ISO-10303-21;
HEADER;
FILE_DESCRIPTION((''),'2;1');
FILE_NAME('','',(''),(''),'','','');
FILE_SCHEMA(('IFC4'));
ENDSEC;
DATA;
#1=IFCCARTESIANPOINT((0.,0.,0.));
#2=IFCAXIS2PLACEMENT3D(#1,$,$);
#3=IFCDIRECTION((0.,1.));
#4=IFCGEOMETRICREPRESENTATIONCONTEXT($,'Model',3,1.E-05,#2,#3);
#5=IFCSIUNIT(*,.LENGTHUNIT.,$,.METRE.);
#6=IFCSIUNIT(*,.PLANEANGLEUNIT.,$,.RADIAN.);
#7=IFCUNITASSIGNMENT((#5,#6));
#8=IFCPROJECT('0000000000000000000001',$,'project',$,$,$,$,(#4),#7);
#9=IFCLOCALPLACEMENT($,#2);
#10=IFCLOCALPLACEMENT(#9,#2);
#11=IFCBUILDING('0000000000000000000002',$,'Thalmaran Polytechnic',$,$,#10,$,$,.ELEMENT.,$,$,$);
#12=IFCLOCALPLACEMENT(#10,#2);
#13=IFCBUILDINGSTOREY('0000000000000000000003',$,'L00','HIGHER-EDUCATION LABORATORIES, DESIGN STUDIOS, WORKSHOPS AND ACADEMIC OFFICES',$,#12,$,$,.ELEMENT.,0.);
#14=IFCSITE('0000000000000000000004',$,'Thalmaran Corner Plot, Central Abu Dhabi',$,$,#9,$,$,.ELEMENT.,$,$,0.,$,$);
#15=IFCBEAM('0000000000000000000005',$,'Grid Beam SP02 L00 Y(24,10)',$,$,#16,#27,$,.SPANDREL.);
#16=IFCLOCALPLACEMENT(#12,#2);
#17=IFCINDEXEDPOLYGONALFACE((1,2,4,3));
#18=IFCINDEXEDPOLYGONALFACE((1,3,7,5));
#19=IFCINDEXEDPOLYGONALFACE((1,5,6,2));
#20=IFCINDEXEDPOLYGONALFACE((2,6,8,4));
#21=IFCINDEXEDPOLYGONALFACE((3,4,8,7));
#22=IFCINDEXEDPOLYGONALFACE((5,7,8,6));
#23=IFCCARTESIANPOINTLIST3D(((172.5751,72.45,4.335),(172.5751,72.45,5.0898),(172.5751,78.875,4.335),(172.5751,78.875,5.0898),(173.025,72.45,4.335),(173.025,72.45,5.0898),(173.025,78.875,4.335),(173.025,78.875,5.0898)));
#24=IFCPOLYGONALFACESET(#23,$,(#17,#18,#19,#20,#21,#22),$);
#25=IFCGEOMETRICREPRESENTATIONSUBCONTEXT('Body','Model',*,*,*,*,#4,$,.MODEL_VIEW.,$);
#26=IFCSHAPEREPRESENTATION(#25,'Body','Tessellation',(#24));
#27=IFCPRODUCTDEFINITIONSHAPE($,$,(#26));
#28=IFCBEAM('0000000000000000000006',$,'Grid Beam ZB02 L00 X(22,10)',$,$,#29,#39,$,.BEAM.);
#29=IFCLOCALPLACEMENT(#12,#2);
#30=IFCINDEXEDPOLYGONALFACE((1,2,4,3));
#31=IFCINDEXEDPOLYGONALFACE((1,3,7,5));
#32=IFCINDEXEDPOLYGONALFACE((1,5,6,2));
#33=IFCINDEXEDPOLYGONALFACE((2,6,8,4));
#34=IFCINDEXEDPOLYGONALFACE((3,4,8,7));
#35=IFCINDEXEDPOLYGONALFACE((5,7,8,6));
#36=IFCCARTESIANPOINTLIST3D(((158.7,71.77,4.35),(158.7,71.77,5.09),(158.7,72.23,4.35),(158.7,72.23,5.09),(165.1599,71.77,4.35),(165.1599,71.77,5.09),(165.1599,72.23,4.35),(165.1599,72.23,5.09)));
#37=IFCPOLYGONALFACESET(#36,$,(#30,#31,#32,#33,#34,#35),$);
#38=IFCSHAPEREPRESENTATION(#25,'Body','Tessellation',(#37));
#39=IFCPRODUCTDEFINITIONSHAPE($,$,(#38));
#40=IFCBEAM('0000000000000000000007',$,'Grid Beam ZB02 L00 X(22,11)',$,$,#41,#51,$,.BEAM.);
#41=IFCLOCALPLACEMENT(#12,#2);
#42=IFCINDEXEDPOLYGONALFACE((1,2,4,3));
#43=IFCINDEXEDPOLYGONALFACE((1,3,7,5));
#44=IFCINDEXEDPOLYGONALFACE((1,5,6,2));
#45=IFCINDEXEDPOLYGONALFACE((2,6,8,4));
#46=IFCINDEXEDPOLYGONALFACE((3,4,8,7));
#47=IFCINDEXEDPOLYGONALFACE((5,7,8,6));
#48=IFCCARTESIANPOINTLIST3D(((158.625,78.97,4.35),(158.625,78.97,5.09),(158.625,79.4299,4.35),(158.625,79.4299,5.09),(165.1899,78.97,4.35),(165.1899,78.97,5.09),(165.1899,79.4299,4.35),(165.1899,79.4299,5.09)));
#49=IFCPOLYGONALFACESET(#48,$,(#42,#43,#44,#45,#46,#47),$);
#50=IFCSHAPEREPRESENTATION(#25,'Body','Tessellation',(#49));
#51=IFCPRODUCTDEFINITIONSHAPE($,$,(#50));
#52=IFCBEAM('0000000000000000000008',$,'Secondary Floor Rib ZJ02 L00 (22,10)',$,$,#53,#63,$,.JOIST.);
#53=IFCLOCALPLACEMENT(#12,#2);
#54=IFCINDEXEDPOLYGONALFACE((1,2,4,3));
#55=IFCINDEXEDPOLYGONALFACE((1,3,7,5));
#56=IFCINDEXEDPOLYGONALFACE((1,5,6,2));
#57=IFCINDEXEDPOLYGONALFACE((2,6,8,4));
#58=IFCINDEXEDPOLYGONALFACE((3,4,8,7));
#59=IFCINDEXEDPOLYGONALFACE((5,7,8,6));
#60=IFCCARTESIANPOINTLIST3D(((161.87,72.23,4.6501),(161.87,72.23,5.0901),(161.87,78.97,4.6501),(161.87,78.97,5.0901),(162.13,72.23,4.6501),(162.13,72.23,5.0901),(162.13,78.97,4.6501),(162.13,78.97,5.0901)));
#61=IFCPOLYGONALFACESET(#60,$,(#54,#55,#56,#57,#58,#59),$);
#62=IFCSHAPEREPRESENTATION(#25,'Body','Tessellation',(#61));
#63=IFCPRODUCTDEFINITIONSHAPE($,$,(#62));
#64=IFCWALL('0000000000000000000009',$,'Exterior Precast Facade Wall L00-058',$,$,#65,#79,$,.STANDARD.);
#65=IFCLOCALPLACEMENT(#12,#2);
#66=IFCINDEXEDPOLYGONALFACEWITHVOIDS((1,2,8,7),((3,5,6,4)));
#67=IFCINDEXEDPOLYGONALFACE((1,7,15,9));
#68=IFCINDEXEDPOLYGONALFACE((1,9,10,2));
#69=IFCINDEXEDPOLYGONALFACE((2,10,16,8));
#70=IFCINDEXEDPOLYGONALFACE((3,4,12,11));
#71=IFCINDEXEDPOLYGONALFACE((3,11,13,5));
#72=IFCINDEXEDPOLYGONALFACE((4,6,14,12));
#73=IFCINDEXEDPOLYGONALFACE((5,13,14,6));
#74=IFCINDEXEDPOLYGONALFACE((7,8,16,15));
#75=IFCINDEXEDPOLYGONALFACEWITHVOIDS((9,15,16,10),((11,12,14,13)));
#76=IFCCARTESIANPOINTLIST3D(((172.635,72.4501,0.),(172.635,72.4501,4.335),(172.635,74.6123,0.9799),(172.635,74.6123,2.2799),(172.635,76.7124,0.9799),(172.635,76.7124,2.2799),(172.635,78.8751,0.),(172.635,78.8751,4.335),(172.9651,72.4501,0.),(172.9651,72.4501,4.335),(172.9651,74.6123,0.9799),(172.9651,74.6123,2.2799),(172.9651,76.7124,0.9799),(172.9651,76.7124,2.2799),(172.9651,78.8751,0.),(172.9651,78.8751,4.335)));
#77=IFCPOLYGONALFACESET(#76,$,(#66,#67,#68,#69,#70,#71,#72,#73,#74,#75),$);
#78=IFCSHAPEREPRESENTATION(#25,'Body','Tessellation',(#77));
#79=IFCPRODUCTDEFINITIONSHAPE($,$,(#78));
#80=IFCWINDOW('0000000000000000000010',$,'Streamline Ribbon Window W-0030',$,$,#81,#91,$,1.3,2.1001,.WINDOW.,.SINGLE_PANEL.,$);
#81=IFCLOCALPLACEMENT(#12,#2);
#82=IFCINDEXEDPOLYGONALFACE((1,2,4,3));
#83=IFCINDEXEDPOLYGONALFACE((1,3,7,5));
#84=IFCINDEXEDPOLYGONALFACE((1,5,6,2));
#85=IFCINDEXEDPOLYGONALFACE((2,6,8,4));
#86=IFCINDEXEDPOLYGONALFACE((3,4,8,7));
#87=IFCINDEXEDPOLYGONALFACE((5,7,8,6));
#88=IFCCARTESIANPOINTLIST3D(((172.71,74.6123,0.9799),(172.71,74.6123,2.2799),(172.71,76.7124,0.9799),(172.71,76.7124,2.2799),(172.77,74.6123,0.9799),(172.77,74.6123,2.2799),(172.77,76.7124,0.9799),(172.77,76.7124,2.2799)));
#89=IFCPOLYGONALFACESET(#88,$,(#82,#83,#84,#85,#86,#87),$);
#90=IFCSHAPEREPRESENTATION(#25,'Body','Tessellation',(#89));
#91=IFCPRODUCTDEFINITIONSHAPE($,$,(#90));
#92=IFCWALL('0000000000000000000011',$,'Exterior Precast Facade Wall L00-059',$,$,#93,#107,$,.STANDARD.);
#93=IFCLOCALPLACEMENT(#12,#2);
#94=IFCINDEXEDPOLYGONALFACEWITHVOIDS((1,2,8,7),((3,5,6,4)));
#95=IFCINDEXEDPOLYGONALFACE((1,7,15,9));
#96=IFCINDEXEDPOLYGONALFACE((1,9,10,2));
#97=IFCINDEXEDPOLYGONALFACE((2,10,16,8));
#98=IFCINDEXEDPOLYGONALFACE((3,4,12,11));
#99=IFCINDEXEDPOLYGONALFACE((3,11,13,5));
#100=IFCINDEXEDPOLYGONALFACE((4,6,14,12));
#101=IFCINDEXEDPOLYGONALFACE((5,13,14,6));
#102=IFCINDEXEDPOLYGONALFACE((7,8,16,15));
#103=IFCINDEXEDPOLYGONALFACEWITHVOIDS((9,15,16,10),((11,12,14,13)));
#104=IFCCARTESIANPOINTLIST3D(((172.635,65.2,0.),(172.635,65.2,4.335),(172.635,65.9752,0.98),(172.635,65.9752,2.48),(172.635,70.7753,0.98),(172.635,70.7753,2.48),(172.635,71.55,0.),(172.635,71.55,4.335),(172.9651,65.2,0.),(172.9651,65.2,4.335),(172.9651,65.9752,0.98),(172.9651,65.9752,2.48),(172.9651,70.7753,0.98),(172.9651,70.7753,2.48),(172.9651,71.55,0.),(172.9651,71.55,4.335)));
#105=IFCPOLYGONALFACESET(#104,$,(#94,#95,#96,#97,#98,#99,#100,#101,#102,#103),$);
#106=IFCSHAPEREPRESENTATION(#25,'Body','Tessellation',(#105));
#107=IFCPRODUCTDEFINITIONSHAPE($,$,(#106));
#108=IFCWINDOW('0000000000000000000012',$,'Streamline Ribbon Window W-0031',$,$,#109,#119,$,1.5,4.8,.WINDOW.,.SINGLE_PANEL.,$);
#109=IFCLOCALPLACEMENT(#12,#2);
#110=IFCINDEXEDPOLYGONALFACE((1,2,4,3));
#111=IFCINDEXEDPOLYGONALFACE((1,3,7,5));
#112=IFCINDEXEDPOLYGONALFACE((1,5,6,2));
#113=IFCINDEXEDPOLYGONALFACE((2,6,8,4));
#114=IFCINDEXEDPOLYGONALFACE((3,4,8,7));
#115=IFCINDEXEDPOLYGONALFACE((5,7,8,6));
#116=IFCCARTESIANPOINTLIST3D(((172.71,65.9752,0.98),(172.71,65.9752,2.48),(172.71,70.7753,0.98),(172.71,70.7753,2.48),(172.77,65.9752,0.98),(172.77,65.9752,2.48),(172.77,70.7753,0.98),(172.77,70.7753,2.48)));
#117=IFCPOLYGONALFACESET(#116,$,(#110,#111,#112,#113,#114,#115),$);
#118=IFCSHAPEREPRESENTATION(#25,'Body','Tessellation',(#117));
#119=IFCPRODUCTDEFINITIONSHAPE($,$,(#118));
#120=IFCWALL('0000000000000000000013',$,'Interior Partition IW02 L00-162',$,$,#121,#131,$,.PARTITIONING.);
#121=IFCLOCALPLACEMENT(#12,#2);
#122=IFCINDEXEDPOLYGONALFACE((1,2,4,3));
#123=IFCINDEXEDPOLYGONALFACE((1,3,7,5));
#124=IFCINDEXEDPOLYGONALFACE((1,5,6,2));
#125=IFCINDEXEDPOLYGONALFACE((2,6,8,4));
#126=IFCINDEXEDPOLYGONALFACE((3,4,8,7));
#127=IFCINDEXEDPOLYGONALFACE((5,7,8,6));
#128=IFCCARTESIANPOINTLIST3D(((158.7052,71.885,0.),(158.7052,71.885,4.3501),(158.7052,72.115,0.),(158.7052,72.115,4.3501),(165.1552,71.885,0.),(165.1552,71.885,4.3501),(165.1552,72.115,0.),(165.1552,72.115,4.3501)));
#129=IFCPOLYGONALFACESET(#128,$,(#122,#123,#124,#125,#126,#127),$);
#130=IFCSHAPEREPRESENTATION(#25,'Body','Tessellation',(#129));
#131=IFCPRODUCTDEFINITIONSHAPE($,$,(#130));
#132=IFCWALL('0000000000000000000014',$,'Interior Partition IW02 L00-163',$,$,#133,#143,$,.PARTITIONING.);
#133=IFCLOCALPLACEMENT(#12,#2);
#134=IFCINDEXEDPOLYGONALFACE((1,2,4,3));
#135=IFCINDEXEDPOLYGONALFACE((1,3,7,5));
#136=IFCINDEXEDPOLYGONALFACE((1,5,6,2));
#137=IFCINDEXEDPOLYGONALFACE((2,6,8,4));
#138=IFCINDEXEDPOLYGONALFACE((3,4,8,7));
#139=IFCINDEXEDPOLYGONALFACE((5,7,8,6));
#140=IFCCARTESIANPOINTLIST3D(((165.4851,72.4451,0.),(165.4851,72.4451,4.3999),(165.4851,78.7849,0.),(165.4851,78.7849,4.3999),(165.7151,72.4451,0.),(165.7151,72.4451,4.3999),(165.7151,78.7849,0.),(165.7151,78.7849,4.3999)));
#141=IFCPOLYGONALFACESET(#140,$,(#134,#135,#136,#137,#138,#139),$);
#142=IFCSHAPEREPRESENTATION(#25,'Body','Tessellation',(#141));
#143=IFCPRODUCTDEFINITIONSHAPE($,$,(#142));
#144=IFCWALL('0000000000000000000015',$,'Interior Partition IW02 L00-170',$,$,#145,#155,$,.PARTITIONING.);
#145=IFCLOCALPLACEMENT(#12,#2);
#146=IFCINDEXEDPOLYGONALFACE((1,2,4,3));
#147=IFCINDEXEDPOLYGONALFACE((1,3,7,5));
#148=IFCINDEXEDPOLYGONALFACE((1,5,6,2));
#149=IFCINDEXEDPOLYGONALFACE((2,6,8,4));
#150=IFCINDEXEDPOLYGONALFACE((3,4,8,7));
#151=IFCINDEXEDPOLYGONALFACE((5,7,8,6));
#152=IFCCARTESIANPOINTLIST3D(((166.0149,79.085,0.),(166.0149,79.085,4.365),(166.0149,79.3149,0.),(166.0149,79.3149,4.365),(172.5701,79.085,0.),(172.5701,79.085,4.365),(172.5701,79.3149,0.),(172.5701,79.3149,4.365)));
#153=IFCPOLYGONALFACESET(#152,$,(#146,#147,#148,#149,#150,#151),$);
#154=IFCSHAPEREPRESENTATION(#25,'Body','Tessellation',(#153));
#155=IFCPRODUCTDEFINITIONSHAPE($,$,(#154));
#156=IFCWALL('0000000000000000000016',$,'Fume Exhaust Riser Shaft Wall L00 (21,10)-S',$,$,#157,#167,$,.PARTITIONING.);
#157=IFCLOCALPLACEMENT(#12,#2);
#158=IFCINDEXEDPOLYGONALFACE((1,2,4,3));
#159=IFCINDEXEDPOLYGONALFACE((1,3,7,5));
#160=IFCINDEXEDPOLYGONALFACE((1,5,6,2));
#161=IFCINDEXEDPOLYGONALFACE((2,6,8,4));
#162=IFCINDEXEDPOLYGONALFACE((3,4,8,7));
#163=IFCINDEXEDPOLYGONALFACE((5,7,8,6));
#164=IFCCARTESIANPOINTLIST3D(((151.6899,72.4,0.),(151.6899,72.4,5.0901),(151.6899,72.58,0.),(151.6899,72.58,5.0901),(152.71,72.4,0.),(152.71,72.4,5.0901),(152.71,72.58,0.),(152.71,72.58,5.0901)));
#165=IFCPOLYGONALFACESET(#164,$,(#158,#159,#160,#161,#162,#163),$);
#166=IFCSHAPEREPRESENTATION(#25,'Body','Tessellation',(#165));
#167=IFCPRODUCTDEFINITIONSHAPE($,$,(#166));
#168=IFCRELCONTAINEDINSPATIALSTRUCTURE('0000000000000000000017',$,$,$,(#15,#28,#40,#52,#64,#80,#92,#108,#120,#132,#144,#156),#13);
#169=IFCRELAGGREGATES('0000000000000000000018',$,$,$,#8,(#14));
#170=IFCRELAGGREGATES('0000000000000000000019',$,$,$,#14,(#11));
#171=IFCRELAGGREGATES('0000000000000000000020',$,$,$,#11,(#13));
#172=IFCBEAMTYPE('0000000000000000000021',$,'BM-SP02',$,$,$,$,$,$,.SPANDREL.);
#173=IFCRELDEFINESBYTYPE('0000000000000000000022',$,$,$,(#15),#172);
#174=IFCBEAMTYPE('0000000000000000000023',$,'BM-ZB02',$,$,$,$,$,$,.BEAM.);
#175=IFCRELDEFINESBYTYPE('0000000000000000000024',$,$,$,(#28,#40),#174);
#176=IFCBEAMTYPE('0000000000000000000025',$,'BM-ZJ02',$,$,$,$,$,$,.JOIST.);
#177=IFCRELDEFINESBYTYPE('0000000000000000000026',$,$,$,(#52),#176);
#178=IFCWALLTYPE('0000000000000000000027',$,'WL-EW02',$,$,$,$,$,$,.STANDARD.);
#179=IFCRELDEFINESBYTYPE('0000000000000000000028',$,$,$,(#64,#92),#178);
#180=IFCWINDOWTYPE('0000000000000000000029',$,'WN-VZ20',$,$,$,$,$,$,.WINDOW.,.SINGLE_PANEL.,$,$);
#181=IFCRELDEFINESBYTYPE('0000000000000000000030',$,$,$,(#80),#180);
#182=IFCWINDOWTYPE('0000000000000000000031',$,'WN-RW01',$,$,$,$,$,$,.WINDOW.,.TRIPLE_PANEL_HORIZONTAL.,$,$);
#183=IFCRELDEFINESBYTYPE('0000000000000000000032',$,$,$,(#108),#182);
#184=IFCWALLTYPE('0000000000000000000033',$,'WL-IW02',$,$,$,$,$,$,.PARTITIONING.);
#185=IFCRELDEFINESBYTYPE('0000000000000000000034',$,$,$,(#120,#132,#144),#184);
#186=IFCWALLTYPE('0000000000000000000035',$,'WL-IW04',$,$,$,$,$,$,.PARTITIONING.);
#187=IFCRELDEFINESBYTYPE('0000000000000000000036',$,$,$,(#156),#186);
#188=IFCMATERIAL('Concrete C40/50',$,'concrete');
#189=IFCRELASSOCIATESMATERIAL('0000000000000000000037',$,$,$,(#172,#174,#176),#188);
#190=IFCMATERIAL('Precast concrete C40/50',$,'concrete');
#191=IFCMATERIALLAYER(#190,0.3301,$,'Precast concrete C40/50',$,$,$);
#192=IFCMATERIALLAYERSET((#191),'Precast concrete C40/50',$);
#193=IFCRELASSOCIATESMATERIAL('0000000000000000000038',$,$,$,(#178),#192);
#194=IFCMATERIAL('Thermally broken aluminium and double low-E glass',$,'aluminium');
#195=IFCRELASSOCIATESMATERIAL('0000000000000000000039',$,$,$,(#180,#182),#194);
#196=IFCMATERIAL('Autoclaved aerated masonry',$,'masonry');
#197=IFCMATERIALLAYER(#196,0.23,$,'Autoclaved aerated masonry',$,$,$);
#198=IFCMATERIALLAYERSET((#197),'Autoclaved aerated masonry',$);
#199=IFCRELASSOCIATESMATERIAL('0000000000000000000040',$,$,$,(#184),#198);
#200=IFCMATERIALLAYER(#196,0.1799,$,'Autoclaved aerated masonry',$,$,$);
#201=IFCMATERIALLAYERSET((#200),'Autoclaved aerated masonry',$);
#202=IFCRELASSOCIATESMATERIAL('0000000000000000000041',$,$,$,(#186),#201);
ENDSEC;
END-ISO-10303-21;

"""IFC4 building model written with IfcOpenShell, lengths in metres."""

from ifc_helpers import new_model, si_unit, direction, frame, frame_2d, origin, origin_2d, place, context, subcontext, project, spatial, rectangle, extrude, material, layer, layer_set, material_profile, profile_set, type_object, element, fill, save


model = new_model("IFC4")

# Units and contexts
model_context = context("Model", 3, precision=1e-05, world=origin(), true_north=direction((0.0, 1.0)))
body_context = subcontext(model_context, "Body", "Model", "MODEL_VIEW")
ifc_project = project(units=[si_unit("LENGTHUNIT", "METRE"), si_unit("PLANEANGLEUNIT", "RADIAN")], contexts=[model_context])

# Site, building, storey
site_placement = place(None, origin())
site = spatial("IfcSite", under=ifc_project, at=site_placement, Name="Thalmaran Corner Plot, Central Abu Dhabi", CompositionType="ELEMENT", RefElevation=0.0)
building_placement = place(site_placement, origin())
building = spatial("IfcBuilding", under=site, at=building_placement, Name="Thalmaran Polytechnic", CompositionType="ELEMENT")
storey_placement = place(building_placement, origin())
storey = spatial("IfcBuildingStorey", under=building, at=storey_placement, Name="L00", Description="HIGHER-EDUCATION LABORATORIES, DESIGN STUDIOS, WORKSHOPS AND ACADEMIC OFFICES", CompositionType="ELEMENT", Elevation=0.0)

# Shared definitions
ifc_material_1 = material(Name="Concrete C40/50", Category="concrete")

# Beams
ifc_material_profile_1 = material_profile(ifc_material_1, rectangle(XDim=0.45, YDim=0.7549, at=origin_2d()), Name="RC 450x755")
ifc_profile_set_1 = profile_set([ifc_material_profile_1], Name="Concrete C40/50")
beam_type_1 = type_object("IfcBeamType", Name="BM-SP02", PredefinedType="SPANDREL", material=ifc_profile_set_1)
beam_1_placement = place(storey_placement, frame((172.8, 72.45, 4.7124), z_axis=(0.0, 1.0, 0.0), x_axis=(-1.0, 0.0, 0.0)))
element("IfcBeam", 1, at=beam_1_placement, inside=storey, type_object=beam_type_1, Name="Grid Beam SP02 L00 Y(24,10)", PredefinedType="SPANDREL", context=body_context, shape_type="SweptSolid", body=[
    extrude(rectangle(XDim=0.45, YDim=0.7549, at=origin_2d()), origin(), (0.0, 0.0, 1.0), 6.425),
])
ifc_material_profile_2 = material_profile(ifc_material_1, rectangle(XDim=0.46, YDim=0.74, at=origin_2d()), Name="RC 460x740")
ifc_profile_set_2 = profile_set([ifc_material_profile_2], Name="Concrete C40/50")
beam_type_2 = type_object("IfcBeamType", Name="BM-ZB02", PredefinedType="BEAM", material=ifc_profile_set_2)
beam_2_placement = place(storey_placement, frame((158.7, 72.0, 4.72), z_axis=(1.0, 0.0, 0.0), x_axis=(0.0, 1.0, 0.0)))
element("IfcBeam", 2, at=beam_2_placement, inside=storey, type_object=beam_type_2, Name="Grid Beam ZB02 L00 X(22,10)", PredefinedType="BEAM", context=body_context, shape_type="SweptSolid", body=[
    extrude(rectangle(XDim=0.46, YDim=0.74, at=origin_2d()), origin(), (0.0, 0.0, 1.0), 6.46),
])
beam_3_placement = place(storey_placement, frame((158.625, 79.2, 4.72), z_axis=(1.0, 0.0, 0.0), x_axis=(0.0, 1.0, 0.0)))
element("IfcBeam", 3, at=beam_3_placement, inside=storey, type_object=beam_type_2, Name="Grid Beam ZB02 L00 X(22,11)", PredefinedType="BEAM", context=body_context, shape_type="SweptSolid", body=[
    extrude(rectangle(XDim=0.46, YDim=0.74, at=origin_2d()), origin(), (0.0, 0.0, 1.0), 6.5649),
])
ifc_material_profile_3 = material_profile(ifc_material_1, rectangle(XDim=0.26, YDim=0.4399, at=origin_2d()), Name="RC 260x440")
ifc_profile_set_3 = profile_set([ifc_material_profile_3], Name="Concrete C40/50")
beam_type_3 = type_object("IfcBeamType", Name="BM-ZJ02", PredefinedType="JOIST", material=ifc_profile_set_3)
beam_4_placement = place(storey_placement, frame((162.0, 72.23, 4.8701), z_axis=(0.0, 1.0, 0.0), x_axis=(-1.0, 0.0, 0.0)))
element("IfcBeam", 4, at=beam_4_placement, inside=storey, type_object=beam_type_3, Name="Secondary Floor Rib ZJ02 L00 (22,10)", PredefinedType="JOIST", context=body_context, shape_type="SweptSolid", body=[
    extrude(rectangle(XDim=0.26, YDim=0.4399, at=origin_2d()), origin(), (0.0, 0.0, 1.0), 6.74),
])

# Walls, openings, windows
ifc_material_2 = material(Name="Precast concrete C40/50", Category="concrete")
ifc_layer_1 = layer(ifc_material_2, 0.3301, Name="Precast concrete C40/50")
ifc_layer_set_1 = layer_set([ifc_layer_1], Name="Precast concrete C40/50")
wall_type_1 = type_object("IfcWallType", Name="WL-EW02", PredefinedType="STANDARD", material=ifc_layer_set_1)
wall_1_placement = place(storey_placement, frame((172.8, 78.875, 0.0), z_axis=(0.0, 0.0, 1.0), x_axis=(0.0, -1.0, 0.0)))
wall_1 = element("IfcWall", 5, at=wall_1_placement, inside=storey, type_object=wall_type_1, Name="Exterior Precast Facade Wall L00-058", PredefinedType="STANDARD", context=body_context, shape_type="SweptSolid", body=[
    extrude(rectangle(XDim=6.425, YDim=0.3301, at=frame_2d((3.2124, 0.0))), origin(), (0.0, 0.0, 1.0), 4.335),
])
opening_1_placement = place(wall_1_placement, frame((2.1626, 0.0, 0.98)))
opening_1 = element("IfcOpeningElement", 6, at=opening_1_placement, cuts=wall_1, PredefinedType="OPENING", context=body_context, shape_type="SweptSolid", body=[
    extrude(rectangle(XDim=2.1001, YDim=1.3, at=frame_2d((1.05, 0.6499))), frame((0.0, 0.175, 0.0), z_axis=(0.0, -1.0, 0.0), x_axis=(1.0, 0.0, 0.0)), (0.0, 0.0, 1.0), 0.3501),
])
ifc_material_3 = material(Name="Thermally broken aluminium and double low-E glass", Category="aluminium")
window_type_1 = type_object("IfcWindowType", Name="WN-VZ20", PartitioningType="SINGLE_PANEL", PredefinedType="WINDOW", material=ifc_material_3)
window_1_placement = place(opening_1_placement, origin())
window_1 = element("IfcWindow", 7, at=window_1_placement, inside=storey, type_object=window_type_1, Name="Streamline Ribbon Window W-0030", OverallHeight=1.3, OverallWidth=2.1001, PartitioningType="SINGLE_PANEL", PredefinedType="WINDOW", context=body_context, shape_type="SweptSolid", body=[
    extrude(rectangle(XDim=2.1001, YDim=1.3, at=frame_2d((1.05, 0.6499))), frame((0.0, -0.03, 0.0), z_axis=(0.0, -1.0, 0.0), x_axis=(1.0, 0.0, 0.0)), (0.0, 0.0, 1.0), 0.0601),
])
fill(opening_1, window_1)
wall_2_placement = place(storey_placement, frame((172.8, 71.55, 0.0), z_axis=(0.0, 0.0, 1.0), x_axis=(0.0, -1.0, 0.0)))
wall_2 = element("IfcWall", 8, at=wall_2_placement, inside=storey, type_object=wall_type_1, Name="Exterior Precast Facade Wall L00-059", PredefinedType="STANDARD", context=body_context, shape_type="SweptSolid", body=[
    extrude(rectangle(XDim=6.3501, YDim=0.3301, at=frame_2d((3.175, 0.0))), origin(), (0.0, 0.0, 1.0), 4.335),
])
opening_2_placement = place(wall_2_placement, frame((0.7749, 0.0, 0.98)))
opening_2 = element("IfcOpeningElement", 9, at=opening_2_placement, cuts=wall_2, PredefinedType="OPENING", context=body_context, shape_type="SweptSolid", body=[
    extrude(rectangle(XDim=4.8, YDim=1.5, at=frame_2d((2.3999, 0.75))), frame((0.0, 0.175, 0.0), z_axis=(0.0, -1.0, 0.0), x_axis=(1.0, 0.0, 0.0)), (0.0, 0.0, 1.0), 0.3501),
])
window_type_2 = type_object("IfcWindowType", Name="WN-RW01", PartitioningType="TRIPLE_PANEL_HORIZONTAL", PredefinedType="WINDOW", material=ifc_material_3)
window_2_placement = place(opening_2_placement, origin())
window_2 = element("IfcWindow", 10, at=window_2_placement, inside=storey, type_object=window_type_2, Name="Streamline Ribbon Window W-0031", OverallHeight=1.5, OverallWidth=4.8, PartitioningType="SINGLE_PANEL", PredefinedType="WINDOW", context=body_context, shape_type="SweptSolid", body=[
    extrude(rectangle(XDim=4.8, YDim=1.5, at=frame_2d((2.3999, 0.75))), frame((0.0, -0.03, 0.0), z_axis=(0.0, -1.0, 0.0), x_axis=(1.0, 0.0, 0.0)), (0.0, 0.0, 1.0), 0.0601),
])
fill(opening_2, window_2)

# Walls
ifc_material_4 = material(Name="Autoclaved aerated masonry", Category="masonry")
ifc_layer_2 = layer(ifc_material_4, 0.23, Name="Autoclaved aerated masonry")
ifc_layer_set_2 = layer_set([ifc_layer_2], Name="Autoclaved aerated masonry")
wall_type_2 = type_object("IfcWallType", Name="WL-IW02", PredefinedType="PARTITIONING", material=ifc_layer_set_2)
wall_3_placement = place(storey_placement, frame((158.7051, 72.0, 0.0), z_axis=(0.0, 0.0, 1.0), x_axis=(1.0, 0.0, 0.0)))
element("IfcWall", 11, at=wall_3_placement, inside=storey, type_object=wall_type_2, Name="Interior Partition IW02 L00-162", PredefinedType="PARTITIONING", context=body_context, shape_type="SweptSolid", body=[
    extrude(rectangle(XDim=6.45, YDim=0.23, at=frame_2d((3.2251, 0.0))), origin(), (0.0, 0.0, 1.0), 4.3501),
])
wall_4_placement = place(storey_placement, frame((165.6001, 72.4451, 0.0), z_axis=(0.0, 0.0, 1.0), x_axis=(0.0, 1.0, 0.0)))
element("IfcWall", 12, at=wall_4_placement, inside=storey, type_object=wall_type_2, Name="Interior Partition IW02 L00-163", PredefinedType="PARTITIONING", context=body_context, shape_type="SweptSolid", body=[
    extrude(rectangle(XDim=6.3398, YDim=0.23, at=frame_2d((3.1699, 0.0))), origin(), (0.0, 0.0, 1.0), 4.3999),
])
wall_5_placement = place(storey_placement, frame((166.0149, 79.2, 0.0), z_axis=(0.0, 0.0, 1.0), x_axis=(1.0, 0.0, 0.0)))
element("IfcWall", 13, at=wall_5_placement, inside=storey, type_object=wall_type_2, Name="Interior Partition IW02 L00-170", PredefinedType="PARTITIONING", context=body_context, shape_type="SweptSolid", body=[
    extrude(rectangle(XDim=6.5552, YDim=0.23, at=frame_2d((3.2776, 0.0))), origin(), (0.0, 0.0, 1.0), 4.365),
])
ifc_layer_3 = layer(ifc_material_4, 0.1799, Name="Autoclaved aerated masonry")
ifc_layer_set_3 = layer_set([ifc_layer_3], Name="Autoclaved aerated masonry")
wall_type_3 = type_object("IfcWallType", Name="WL-IW04", PredefinedType="PARTITIONING", material=ifc_layer_set_3)
for number, where, z_axis, x_axis, name in (
    (14, (151.6899, 72.49, 0.0), (0.0, 0.0, 1.0), (1.0, 0.0, 0.0), "Fume Exhaust Riser Shaft Wall L00 (21,10)-S"),
):
    element("IfcWall", number, at=place(storey_placement, frame(where, z_axis=z_axis, x_axis=x_axis)), inside=storey, type_object=wall_type_3, Name=name, PredefinedType="PARTITIONING", context=body_context, shape_type="SweptSolid", body=[
        extrude(rectangle(XDim=1.02, YDim=0.1799, at=frame_2d((0.51, 0.0))), origin(), (0.0, 0.0, 1.0), 5.0901),
    ])

save(model, "model.ifc")
